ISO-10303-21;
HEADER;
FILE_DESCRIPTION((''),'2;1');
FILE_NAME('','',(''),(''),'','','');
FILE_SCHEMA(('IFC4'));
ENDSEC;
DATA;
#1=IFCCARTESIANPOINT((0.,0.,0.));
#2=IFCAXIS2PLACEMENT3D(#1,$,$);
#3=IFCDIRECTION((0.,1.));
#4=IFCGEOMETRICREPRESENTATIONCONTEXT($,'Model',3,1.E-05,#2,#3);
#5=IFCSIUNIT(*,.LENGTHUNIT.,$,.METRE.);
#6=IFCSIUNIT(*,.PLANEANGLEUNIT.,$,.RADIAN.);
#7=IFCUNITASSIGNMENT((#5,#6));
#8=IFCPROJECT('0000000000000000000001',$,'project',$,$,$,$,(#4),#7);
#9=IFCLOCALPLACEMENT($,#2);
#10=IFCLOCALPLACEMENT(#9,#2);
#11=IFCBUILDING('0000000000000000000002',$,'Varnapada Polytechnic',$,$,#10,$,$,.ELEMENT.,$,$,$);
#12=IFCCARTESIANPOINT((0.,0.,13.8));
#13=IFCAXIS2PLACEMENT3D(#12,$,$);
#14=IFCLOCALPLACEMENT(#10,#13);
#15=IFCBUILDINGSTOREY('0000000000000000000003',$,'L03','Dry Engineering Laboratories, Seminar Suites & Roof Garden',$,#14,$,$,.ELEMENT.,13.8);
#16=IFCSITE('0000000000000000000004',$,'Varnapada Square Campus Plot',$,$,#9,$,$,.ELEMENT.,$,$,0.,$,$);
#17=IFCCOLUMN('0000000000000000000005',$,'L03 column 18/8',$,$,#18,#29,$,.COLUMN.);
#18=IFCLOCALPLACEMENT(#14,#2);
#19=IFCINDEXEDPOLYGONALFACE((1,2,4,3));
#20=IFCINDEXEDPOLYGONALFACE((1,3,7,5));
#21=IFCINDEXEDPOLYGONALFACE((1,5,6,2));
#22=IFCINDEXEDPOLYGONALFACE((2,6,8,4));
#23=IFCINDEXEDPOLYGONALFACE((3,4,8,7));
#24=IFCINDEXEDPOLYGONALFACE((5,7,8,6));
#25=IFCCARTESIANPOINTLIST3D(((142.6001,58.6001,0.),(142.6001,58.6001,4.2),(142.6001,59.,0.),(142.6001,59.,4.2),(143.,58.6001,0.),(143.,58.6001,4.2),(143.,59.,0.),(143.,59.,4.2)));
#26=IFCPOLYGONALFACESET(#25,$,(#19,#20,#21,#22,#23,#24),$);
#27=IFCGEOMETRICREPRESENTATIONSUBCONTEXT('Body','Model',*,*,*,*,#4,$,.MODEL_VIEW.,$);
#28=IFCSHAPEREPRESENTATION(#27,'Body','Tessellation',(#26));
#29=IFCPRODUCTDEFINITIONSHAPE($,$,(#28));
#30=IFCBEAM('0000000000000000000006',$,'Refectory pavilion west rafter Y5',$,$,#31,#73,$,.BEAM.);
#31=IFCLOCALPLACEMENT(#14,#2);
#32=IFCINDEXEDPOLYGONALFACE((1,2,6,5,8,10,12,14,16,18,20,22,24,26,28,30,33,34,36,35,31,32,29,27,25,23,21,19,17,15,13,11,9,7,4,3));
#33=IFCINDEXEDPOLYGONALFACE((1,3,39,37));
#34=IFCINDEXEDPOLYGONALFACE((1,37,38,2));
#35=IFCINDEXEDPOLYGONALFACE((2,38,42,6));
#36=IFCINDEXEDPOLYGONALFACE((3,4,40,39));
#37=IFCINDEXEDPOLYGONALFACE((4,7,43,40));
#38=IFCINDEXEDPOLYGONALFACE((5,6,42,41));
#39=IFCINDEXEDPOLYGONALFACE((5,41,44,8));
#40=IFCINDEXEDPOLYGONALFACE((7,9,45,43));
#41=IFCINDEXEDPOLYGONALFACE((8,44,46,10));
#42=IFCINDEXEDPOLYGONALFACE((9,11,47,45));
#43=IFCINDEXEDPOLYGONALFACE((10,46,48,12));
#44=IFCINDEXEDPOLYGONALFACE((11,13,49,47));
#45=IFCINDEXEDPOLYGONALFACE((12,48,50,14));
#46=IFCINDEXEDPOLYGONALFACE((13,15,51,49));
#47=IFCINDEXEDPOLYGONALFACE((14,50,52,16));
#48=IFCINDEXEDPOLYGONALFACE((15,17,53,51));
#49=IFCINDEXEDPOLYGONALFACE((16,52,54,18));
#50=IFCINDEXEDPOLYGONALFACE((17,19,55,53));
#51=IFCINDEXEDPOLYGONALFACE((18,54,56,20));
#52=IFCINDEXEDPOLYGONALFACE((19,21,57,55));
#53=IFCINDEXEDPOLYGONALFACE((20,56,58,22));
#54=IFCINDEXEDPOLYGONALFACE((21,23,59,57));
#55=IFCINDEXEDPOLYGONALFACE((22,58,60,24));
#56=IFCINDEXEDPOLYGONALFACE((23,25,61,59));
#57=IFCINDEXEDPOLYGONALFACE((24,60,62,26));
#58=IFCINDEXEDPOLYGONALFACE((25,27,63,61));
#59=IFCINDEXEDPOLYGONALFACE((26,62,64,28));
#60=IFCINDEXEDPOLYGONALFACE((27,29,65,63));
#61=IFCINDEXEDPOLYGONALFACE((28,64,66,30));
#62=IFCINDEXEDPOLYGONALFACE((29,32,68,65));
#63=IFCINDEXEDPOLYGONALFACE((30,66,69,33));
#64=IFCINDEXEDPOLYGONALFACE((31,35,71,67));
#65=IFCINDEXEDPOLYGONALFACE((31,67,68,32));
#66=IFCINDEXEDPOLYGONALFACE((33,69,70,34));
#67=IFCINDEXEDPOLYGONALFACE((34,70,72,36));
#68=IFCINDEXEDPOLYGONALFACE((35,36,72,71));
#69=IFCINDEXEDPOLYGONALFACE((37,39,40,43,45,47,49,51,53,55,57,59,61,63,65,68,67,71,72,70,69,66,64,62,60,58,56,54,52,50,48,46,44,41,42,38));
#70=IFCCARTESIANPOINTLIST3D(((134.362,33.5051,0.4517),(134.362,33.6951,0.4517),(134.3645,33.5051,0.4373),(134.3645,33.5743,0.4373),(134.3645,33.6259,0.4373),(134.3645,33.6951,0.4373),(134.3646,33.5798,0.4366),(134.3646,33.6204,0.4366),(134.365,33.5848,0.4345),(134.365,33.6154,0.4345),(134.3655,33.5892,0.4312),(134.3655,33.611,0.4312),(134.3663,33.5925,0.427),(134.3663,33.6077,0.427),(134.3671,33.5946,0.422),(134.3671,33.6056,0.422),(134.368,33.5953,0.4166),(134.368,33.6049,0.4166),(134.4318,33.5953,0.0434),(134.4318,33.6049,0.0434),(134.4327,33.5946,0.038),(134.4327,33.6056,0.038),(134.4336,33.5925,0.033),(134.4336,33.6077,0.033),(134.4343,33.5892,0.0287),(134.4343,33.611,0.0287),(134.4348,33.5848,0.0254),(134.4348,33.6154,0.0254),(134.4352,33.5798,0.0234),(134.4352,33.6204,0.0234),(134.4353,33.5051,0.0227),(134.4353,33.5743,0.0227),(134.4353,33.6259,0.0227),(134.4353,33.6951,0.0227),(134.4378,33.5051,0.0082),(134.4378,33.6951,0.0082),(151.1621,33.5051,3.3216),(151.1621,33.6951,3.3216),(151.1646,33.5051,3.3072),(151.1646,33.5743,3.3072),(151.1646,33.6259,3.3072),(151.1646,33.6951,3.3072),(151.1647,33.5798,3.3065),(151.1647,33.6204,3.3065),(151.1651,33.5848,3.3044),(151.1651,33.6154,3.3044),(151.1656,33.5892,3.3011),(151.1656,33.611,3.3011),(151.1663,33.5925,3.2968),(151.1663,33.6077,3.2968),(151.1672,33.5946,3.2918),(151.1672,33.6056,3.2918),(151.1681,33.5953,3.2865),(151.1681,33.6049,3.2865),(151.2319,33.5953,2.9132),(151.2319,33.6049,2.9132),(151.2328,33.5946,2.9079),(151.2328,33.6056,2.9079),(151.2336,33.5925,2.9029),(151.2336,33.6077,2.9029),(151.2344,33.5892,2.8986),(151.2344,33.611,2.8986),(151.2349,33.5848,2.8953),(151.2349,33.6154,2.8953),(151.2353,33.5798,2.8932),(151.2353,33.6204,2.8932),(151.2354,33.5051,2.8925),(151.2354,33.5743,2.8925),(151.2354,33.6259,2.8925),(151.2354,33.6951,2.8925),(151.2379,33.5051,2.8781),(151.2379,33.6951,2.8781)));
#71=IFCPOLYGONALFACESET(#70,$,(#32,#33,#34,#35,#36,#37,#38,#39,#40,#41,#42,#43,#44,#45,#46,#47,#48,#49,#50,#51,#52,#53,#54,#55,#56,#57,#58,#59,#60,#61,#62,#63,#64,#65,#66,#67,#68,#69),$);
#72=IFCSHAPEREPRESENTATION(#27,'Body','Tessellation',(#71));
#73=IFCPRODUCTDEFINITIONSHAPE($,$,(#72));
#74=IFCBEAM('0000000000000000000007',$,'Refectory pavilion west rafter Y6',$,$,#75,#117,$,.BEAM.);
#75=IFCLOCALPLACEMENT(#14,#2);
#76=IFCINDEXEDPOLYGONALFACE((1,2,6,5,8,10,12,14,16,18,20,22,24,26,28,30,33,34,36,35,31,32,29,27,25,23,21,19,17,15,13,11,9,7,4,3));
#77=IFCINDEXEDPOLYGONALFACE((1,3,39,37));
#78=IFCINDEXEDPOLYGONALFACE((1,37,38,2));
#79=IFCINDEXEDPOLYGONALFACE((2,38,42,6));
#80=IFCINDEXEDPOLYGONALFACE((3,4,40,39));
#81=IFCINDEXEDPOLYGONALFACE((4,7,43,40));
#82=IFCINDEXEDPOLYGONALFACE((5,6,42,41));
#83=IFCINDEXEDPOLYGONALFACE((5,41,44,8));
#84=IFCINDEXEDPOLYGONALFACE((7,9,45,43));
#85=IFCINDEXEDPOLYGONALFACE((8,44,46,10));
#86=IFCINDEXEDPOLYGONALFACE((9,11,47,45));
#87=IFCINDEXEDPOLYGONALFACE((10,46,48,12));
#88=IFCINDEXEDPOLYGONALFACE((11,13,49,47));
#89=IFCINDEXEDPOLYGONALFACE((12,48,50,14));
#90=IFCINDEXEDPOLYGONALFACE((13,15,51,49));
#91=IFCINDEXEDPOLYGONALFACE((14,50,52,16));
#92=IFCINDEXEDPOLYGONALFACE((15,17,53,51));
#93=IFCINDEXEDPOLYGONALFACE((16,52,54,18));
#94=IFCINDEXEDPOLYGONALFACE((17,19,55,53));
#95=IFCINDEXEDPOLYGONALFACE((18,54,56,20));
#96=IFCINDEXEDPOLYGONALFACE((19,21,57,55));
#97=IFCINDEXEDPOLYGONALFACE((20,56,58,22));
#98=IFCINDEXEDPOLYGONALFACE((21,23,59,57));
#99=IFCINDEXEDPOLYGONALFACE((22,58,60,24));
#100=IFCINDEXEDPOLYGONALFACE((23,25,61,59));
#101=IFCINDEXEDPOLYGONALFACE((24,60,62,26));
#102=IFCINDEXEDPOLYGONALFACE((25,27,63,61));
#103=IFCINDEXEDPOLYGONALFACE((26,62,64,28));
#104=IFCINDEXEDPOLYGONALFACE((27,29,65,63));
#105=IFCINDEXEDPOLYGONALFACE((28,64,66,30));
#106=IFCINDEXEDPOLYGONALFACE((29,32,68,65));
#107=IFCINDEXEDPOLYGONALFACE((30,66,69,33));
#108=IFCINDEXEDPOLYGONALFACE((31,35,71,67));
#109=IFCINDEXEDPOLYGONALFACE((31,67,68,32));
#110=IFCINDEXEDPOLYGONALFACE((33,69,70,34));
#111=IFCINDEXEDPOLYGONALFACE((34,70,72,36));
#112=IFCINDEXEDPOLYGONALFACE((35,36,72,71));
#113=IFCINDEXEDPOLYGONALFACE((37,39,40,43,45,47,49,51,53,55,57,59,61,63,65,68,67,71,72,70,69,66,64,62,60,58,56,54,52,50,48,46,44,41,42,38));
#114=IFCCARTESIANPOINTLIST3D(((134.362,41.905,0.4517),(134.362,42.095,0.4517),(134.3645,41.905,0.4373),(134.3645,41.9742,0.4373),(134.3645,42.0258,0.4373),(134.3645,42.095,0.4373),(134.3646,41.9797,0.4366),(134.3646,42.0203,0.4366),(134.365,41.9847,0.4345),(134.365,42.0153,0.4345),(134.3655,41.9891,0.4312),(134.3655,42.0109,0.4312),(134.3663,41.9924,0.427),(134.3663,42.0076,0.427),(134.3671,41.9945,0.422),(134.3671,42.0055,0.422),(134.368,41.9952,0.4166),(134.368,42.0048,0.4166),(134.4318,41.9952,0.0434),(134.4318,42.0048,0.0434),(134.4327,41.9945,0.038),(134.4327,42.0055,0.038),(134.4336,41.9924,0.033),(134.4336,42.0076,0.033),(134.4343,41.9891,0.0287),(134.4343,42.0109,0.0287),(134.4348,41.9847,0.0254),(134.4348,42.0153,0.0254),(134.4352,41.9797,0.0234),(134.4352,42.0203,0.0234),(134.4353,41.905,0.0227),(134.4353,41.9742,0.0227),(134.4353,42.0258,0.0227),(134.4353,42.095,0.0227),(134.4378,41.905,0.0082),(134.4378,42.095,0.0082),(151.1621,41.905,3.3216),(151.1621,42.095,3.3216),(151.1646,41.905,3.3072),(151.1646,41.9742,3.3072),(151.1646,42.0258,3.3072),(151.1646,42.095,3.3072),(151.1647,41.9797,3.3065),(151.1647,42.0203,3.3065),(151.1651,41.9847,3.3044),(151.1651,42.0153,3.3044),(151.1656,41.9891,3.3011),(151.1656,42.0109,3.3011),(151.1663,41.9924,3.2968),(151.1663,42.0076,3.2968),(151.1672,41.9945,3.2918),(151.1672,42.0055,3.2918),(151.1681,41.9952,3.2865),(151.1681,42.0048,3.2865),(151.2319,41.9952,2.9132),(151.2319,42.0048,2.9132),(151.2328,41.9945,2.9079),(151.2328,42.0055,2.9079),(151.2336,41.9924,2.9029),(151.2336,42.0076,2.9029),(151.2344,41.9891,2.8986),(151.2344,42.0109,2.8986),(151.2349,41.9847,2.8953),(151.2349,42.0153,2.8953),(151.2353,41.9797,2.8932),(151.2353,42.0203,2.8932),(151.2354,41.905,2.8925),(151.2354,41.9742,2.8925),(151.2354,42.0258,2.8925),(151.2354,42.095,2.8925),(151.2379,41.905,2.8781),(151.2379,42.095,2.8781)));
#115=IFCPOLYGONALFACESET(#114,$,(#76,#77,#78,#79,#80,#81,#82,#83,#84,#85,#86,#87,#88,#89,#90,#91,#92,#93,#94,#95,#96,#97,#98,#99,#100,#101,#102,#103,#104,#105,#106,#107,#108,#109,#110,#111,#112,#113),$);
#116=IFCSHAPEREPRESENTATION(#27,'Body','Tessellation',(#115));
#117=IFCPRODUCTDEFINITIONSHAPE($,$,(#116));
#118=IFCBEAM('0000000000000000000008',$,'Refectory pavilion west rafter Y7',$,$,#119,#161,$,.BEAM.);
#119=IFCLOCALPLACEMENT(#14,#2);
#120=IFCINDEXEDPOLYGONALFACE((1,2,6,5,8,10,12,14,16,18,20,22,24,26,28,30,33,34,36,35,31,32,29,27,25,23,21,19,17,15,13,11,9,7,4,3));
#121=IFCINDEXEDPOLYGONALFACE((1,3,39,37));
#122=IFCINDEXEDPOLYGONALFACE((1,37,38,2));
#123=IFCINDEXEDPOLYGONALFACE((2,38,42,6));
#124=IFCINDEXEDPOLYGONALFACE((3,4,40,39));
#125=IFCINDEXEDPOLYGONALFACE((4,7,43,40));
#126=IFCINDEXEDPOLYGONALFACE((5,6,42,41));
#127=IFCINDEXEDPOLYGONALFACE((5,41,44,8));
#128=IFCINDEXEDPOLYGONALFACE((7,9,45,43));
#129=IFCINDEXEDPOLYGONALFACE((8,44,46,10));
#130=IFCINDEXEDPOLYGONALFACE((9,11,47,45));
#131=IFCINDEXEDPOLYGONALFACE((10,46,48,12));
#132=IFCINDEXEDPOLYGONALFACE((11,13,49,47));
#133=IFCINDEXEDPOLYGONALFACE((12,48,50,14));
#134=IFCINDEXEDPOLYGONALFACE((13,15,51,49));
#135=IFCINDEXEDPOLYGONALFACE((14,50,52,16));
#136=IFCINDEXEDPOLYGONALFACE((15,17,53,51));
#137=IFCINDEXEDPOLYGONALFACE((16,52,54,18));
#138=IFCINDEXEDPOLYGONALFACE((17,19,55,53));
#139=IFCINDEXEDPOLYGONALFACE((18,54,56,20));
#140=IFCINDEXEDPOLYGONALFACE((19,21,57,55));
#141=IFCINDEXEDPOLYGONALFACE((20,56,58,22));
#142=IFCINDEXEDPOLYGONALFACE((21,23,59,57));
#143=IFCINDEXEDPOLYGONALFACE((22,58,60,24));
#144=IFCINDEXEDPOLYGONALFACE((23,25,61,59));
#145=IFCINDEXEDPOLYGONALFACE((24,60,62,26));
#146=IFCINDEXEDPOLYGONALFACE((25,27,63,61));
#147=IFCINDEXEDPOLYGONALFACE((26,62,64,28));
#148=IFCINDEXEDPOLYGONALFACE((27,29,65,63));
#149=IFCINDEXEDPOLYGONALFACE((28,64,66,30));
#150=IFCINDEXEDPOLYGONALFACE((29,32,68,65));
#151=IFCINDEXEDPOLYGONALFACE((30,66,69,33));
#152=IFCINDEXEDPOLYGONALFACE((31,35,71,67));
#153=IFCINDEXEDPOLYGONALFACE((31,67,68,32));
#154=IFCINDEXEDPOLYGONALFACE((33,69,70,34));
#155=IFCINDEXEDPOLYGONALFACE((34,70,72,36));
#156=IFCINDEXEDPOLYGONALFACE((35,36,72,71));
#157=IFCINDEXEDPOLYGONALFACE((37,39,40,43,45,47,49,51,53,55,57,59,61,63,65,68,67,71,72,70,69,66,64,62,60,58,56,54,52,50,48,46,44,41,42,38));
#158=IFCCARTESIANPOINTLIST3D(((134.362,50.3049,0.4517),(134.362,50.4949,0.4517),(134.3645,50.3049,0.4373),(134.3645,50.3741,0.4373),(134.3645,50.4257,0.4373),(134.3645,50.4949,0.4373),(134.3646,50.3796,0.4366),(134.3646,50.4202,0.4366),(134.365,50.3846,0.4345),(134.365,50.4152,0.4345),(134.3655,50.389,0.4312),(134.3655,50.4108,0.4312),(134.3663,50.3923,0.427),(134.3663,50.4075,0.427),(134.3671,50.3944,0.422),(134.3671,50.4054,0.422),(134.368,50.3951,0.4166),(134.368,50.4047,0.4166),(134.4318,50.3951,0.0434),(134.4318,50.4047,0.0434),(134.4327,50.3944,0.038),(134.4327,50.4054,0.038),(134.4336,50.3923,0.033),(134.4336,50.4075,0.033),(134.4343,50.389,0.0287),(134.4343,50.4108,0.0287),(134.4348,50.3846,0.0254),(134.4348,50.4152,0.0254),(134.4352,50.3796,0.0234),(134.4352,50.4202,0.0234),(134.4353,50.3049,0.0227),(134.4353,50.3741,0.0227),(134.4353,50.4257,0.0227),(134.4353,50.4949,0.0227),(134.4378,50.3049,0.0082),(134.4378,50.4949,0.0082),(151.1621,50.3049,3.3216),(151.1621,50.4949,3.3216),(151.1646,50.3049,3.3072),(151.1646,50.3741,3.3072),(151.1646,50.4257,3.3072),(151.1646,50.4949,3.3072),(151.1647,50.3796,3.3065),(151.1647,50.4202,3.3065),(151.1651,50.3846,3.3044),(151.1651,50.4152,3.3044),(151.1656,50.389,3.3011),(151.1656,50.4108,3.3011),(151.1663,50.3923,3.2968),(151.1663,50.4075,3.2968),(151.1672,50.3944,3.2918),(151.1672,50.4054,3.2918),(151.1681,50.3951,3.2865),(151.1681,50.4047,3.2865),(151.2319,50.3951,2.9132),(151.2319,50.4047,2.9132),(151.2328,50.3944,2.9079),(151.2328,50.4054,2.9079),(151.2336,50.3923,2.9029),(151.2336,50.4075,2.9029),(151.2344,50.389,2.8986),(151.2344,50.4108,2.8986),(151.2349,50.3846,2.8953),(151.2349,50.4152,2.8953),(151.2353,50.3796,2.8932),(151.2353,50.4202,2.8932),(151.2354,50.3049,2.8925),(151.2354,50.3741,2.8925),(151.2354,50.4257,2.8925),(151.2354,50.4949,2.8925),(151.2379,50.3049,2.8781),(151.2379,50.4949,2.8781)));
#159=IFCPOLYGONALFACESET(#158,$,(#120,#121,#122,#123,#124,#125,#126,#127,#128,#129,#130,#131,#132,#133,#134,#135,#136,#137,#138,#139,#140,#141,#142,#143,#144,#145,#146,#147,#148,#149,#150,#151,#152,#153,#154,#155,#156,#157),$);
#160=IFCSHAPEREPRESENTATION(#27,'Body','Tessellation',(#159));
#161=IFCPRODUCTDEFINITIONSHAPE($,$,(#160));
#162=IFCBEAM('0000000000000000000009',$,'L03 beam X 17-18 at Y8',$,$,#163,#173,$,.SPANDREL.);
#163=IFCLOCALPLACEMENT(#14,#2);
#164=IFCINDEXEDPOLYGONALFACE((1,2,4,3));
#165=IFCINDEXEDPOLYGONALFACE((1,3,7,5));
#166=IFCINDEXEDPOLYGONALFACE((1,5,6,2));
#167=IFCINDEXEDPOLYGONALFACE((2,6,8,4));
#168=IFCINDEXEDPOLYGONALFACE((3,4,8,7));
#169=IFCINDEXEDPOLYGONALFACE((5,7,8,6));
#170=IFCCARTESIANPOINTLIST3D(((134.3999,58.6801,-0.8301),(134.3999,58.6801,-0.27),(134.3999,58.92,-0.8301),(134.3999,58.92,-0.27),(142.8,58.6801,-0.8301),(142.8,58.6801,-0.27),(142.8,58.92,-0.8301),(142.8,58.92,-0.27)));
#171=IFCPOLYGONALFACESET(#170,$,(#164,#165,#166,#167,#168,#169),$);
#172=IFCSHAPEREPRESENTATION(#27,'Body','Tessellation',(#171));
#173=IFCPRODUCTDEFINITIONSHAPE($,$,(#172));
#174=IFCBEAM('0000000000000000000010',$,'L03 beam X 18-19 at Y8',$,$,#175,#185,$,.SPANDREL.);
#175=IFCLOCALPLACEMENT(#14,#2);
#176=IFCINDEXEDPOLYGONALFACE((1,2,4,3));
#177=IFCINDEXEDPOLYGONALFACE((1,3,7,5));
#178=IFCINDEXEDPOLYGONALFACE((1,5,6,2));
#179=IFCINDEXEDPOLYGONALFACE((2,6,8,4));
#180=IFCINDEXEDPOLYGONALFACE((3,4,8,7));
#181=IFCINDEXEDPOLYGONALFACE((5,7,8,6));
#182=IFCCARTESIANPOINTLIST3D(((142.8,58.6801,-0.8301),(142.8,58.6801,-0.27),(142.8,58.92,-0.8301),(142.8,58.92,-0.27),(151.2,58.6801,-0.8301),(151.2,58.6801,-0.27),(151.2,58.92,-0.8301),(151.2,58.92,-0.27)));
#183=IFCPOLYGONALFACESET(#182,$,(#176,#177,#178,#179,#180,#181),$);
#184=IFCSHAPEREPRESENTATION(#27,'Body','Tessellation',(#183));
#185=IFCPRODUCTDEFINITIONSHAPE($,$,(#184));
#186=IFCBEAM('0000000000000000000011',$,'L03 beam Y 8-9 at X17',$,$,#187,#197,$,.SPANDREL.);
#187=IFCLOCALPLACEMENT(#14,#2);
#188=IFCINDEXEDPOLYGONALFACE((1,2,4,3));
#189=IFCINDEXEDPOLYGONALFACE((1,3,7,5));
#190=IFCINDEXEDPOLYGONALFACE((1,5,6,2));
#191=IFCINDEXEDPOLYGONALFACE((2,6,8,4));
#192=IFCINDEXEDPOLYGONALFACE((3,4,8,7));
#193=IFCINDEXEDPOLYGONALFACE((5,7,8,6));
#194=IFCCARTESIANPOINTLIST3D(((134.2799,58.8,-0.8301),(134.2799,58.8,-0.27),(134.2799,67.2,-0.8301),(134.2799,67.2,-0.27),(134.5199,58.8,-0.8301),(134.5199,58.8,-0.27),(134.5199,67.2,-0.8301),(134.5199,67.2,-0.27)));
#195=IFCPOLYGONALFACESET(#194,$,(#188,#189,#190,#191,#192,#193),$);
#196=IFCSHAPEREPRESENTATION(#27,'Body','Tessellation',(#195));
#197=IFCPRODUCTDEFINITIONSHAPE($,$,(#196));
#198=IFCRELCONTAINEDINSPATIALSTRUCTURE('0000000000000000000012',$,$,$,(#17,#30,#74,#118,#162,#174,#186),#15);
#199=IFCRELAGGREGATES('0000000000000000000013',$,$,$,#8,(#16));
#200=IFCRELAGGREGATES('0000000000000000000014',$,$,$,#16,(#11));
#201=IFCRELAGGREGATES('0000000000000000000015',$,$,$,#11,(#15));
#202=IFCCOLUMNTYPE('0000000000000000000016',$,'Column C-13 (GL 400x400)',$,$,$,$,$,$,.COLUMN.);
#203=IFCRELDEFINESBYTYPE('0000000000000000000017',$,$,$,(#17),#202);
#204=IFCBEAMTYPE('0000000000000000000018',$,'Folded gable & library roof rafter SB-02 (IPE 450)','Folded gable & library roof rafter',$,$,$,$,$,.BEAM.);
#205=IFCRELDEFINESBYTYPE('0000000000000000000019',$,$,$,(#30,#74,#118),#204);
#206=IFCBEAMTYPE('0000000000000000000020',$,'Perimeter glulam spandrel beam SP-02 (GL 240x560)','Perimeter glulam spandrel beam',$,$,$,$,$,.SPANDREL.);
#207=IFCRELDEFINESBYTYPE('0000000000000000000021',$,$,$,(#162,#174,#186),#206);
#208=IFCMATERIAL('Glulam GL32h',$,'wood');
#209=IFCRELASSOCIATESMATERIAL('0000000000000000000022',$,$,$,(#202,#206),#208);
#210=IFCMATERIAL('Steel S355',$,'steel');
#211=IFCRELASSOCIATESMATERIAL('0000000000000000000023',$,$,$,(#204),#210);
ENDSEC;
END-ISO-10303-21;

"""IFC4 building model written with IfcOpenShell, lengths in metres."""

from ifc_helpers import new_model, si_unit, direction, frame, origin, origin_2d, place, context, subcontext, project, spatial, rectangle, i_section, extrude, material, material_profile, profile_set, type_object, element, save


model = new_model("IFC4")

# Units and contexts
model_context = context("Model", 3, precision=1e-05, world=origin(), true_north=direction((0.0, 1.0)))
body_context = subcontext(model_context, "Body", "Model", "MODEL_VIEW")
ifc_project = project(units=[si_unit("LENGTHUNIT", "METRE"), si_unit("PLANEANGLEUNIT", "RADIAN")], contexts=[model_context])

# Site, building, storey
site_placement = place(None, origin())
site = spatial("IfcSite", under=ifc_project, at=site_placement, Name="Varnapada Square Campus Plot", CompositionType="ELEMENT", RefElevation=0.0)
building_placement = place(site_placement, origin())
building = spatial("IfcBuilding", under=site, at=building_placement, Name="Varnapada Polytechnic", CompositionType="ELEMENT")
storey_placement = place(building_placement, frame((0.0, 0.0, 13.8)))
storey = spatial("IfcBuildingStorey", under=building, at=storey_placement, Name="L03", Description="Dry Engineering Laboratories, Seminar Suites & Roof Garden", CompositionType="ELEMENT", Elevation=13.8)

# Column
ifc_material_1 = material(Name="Glulam GL32h", Category="wood")
ifc_material_profile_1 = material_profile(ifc_material_1, rectangle(XDim=0.3999, YDim=0.3999, at=origin_2d()), Name="GL 400x400")
ifc_profile_set_1 = profile_set([ifc_material_profile_1], Name="Glulam GL32h")
column_type = type_object("IfcColumnType", Name="Column C-13 (GL 400x400)", PredefinedType="COLUMN", material=ifc_profile_set_1)
column_placement = place(storey_placement, frame((142.8, 58.8, 0.0), z_axis=(0.0, 0.0, 1.0), x_axis=(1.0, 0.0, 0.0)))
element("IfcColumn", 1, at=column_placement, inside=storey, type_object=column_type, Name="L03 column 18/8", PredefinedType="COLUMN", context=body_context, shape_type="SweptSolid", body=[
    extrude(rectangle(XDim=0.3999, YDim=0.3999, at=origin_2d()), origin(), (0.0, 0.0, 1.0), 4.2),
])

# Beams
ifc_material_2 = material(Name="Steel S355", Category="steel")
ifc_material_profile_2 = material_profile(ifc_material_2, i_section(OverallWidth=0.1899, OverallDepth=0.45, WebThickness=0.0095, FlangeThickness=0.0146, FilletRadius=0.021, at=origin_2d()), Name="IPE 450")
ifc_profile_set_2 = profile_set([ifc_material_profile_2], Name="Steel S355")
beam_type_1 = type_object("IfcBeamType", Name="Folded gable & library roof rafter SB-02 (IPE 450)", Description="Folded gable & library roof rafter", PredefinedType="BEAM", material=ifc_profile_set_2)
for number, where, z_axis, x_axis, name in (
    (2, (134.3999, 33.6001, 0.23), (0.985721, 0.0, 0.168386), (0.0, 1.0, 0.0), "Refectory pavilion west rafter Y5"),
    (3, (134.3999, 42.0, 0.23), (0.985721, 0.0, 0.168386), (0.0, 1.0, 0.0), "Refectory pavilion west rafter Y6"),
    (4, (134.3999, 50.3999, 0.23), (0.985721, 0.0, 0.168386), (0.0, 1.0, 0.0), "Refectory pavilion west rafter Y7"),
):
    element("IfcBeam", number, at=place(storey_placement, frame(where, z_axis=z_axis, x_axis=x_axis)), inside=storey, type_object=beam_type_1, Name=name, PredefinedType="BEAM", context=body_context, shape_type="SweptSolid", body=[
        extrude(i_section(OverallWidth=0.1899, OverallDepth=0.45, WebThickness=0.0095, FlangeThickness=0.0146, FilletRadius=0.021, at=origin_2d()), origin(), (0.0, 0.0, 1.0), 17.0435),
    ])
ifc_material_profile_3 = material_profile(ifc_material_1, rectangle(XDim=0.24, YDim=0.5601, at=origin_2d()), Name="GL 240x560")
ifc_profile_set_3 = profile_set([ifc_material_profile_3], Name="Glulam GL32h")
beam_type_2 = type_object("IfcBeamType", Name="Perimeter glulam spandrel beam SP-02 (GL 240x560)", Description="Perimeter glulam spandrel beam", PredefinedType="SPANDREL", material=ifc_profile_set_3)
beam_placement = place(storey_placement, frame((134.3999, 58.8, -0.55), z_axis=(1.0, 0.0, 0.0), x_axis=(0.0, 1.0, 0.0)))
element("IfcBeam", 5, at=beam_placement, inside=storey, type_object=beam_type_2, Name="L03 beam X 17-18 at Y8", PredefinedType="SPANDREL", context=body_context, shape_type="SweptSolid", body=[
    extrude(rectangle(XDim=0.24, YDim=0.5601, at=origin_2d()), origin(), (0.0, 0.0, 1.0), 8.4001),
])
for number, where, z_axis, x_axis, name in (
    (6, (142.8, 58.8, -0.55), (1.0, 0.0, 0.0), (0.0, 1.0, 0.0), "L03 beam X 18-19 at Y8"),
    (7, (134.3999, 58.8, -0.55), (0.0, 1.0, 0.0), (-1.0, 0.0, 0.0), "L03 beam Y 8-9 at X17"),
):
    element("IfcBeam", number, at=place(storey_placement, frame(where, z_axis=z_axis, x_axis=x_axis)), inside=storey, type_object=beam_type_2, Name=name, PredefinedType="SPANDREL", context=body_context, shape_type="SweptSolid", body=[
        extrude(rectangle(XDim=0.24, YDim=0.5601, at=origin_2d()), origin(), (0.0, 0.0, 1.0), 8.3999),
    ])

save(model, "model.ifc")
